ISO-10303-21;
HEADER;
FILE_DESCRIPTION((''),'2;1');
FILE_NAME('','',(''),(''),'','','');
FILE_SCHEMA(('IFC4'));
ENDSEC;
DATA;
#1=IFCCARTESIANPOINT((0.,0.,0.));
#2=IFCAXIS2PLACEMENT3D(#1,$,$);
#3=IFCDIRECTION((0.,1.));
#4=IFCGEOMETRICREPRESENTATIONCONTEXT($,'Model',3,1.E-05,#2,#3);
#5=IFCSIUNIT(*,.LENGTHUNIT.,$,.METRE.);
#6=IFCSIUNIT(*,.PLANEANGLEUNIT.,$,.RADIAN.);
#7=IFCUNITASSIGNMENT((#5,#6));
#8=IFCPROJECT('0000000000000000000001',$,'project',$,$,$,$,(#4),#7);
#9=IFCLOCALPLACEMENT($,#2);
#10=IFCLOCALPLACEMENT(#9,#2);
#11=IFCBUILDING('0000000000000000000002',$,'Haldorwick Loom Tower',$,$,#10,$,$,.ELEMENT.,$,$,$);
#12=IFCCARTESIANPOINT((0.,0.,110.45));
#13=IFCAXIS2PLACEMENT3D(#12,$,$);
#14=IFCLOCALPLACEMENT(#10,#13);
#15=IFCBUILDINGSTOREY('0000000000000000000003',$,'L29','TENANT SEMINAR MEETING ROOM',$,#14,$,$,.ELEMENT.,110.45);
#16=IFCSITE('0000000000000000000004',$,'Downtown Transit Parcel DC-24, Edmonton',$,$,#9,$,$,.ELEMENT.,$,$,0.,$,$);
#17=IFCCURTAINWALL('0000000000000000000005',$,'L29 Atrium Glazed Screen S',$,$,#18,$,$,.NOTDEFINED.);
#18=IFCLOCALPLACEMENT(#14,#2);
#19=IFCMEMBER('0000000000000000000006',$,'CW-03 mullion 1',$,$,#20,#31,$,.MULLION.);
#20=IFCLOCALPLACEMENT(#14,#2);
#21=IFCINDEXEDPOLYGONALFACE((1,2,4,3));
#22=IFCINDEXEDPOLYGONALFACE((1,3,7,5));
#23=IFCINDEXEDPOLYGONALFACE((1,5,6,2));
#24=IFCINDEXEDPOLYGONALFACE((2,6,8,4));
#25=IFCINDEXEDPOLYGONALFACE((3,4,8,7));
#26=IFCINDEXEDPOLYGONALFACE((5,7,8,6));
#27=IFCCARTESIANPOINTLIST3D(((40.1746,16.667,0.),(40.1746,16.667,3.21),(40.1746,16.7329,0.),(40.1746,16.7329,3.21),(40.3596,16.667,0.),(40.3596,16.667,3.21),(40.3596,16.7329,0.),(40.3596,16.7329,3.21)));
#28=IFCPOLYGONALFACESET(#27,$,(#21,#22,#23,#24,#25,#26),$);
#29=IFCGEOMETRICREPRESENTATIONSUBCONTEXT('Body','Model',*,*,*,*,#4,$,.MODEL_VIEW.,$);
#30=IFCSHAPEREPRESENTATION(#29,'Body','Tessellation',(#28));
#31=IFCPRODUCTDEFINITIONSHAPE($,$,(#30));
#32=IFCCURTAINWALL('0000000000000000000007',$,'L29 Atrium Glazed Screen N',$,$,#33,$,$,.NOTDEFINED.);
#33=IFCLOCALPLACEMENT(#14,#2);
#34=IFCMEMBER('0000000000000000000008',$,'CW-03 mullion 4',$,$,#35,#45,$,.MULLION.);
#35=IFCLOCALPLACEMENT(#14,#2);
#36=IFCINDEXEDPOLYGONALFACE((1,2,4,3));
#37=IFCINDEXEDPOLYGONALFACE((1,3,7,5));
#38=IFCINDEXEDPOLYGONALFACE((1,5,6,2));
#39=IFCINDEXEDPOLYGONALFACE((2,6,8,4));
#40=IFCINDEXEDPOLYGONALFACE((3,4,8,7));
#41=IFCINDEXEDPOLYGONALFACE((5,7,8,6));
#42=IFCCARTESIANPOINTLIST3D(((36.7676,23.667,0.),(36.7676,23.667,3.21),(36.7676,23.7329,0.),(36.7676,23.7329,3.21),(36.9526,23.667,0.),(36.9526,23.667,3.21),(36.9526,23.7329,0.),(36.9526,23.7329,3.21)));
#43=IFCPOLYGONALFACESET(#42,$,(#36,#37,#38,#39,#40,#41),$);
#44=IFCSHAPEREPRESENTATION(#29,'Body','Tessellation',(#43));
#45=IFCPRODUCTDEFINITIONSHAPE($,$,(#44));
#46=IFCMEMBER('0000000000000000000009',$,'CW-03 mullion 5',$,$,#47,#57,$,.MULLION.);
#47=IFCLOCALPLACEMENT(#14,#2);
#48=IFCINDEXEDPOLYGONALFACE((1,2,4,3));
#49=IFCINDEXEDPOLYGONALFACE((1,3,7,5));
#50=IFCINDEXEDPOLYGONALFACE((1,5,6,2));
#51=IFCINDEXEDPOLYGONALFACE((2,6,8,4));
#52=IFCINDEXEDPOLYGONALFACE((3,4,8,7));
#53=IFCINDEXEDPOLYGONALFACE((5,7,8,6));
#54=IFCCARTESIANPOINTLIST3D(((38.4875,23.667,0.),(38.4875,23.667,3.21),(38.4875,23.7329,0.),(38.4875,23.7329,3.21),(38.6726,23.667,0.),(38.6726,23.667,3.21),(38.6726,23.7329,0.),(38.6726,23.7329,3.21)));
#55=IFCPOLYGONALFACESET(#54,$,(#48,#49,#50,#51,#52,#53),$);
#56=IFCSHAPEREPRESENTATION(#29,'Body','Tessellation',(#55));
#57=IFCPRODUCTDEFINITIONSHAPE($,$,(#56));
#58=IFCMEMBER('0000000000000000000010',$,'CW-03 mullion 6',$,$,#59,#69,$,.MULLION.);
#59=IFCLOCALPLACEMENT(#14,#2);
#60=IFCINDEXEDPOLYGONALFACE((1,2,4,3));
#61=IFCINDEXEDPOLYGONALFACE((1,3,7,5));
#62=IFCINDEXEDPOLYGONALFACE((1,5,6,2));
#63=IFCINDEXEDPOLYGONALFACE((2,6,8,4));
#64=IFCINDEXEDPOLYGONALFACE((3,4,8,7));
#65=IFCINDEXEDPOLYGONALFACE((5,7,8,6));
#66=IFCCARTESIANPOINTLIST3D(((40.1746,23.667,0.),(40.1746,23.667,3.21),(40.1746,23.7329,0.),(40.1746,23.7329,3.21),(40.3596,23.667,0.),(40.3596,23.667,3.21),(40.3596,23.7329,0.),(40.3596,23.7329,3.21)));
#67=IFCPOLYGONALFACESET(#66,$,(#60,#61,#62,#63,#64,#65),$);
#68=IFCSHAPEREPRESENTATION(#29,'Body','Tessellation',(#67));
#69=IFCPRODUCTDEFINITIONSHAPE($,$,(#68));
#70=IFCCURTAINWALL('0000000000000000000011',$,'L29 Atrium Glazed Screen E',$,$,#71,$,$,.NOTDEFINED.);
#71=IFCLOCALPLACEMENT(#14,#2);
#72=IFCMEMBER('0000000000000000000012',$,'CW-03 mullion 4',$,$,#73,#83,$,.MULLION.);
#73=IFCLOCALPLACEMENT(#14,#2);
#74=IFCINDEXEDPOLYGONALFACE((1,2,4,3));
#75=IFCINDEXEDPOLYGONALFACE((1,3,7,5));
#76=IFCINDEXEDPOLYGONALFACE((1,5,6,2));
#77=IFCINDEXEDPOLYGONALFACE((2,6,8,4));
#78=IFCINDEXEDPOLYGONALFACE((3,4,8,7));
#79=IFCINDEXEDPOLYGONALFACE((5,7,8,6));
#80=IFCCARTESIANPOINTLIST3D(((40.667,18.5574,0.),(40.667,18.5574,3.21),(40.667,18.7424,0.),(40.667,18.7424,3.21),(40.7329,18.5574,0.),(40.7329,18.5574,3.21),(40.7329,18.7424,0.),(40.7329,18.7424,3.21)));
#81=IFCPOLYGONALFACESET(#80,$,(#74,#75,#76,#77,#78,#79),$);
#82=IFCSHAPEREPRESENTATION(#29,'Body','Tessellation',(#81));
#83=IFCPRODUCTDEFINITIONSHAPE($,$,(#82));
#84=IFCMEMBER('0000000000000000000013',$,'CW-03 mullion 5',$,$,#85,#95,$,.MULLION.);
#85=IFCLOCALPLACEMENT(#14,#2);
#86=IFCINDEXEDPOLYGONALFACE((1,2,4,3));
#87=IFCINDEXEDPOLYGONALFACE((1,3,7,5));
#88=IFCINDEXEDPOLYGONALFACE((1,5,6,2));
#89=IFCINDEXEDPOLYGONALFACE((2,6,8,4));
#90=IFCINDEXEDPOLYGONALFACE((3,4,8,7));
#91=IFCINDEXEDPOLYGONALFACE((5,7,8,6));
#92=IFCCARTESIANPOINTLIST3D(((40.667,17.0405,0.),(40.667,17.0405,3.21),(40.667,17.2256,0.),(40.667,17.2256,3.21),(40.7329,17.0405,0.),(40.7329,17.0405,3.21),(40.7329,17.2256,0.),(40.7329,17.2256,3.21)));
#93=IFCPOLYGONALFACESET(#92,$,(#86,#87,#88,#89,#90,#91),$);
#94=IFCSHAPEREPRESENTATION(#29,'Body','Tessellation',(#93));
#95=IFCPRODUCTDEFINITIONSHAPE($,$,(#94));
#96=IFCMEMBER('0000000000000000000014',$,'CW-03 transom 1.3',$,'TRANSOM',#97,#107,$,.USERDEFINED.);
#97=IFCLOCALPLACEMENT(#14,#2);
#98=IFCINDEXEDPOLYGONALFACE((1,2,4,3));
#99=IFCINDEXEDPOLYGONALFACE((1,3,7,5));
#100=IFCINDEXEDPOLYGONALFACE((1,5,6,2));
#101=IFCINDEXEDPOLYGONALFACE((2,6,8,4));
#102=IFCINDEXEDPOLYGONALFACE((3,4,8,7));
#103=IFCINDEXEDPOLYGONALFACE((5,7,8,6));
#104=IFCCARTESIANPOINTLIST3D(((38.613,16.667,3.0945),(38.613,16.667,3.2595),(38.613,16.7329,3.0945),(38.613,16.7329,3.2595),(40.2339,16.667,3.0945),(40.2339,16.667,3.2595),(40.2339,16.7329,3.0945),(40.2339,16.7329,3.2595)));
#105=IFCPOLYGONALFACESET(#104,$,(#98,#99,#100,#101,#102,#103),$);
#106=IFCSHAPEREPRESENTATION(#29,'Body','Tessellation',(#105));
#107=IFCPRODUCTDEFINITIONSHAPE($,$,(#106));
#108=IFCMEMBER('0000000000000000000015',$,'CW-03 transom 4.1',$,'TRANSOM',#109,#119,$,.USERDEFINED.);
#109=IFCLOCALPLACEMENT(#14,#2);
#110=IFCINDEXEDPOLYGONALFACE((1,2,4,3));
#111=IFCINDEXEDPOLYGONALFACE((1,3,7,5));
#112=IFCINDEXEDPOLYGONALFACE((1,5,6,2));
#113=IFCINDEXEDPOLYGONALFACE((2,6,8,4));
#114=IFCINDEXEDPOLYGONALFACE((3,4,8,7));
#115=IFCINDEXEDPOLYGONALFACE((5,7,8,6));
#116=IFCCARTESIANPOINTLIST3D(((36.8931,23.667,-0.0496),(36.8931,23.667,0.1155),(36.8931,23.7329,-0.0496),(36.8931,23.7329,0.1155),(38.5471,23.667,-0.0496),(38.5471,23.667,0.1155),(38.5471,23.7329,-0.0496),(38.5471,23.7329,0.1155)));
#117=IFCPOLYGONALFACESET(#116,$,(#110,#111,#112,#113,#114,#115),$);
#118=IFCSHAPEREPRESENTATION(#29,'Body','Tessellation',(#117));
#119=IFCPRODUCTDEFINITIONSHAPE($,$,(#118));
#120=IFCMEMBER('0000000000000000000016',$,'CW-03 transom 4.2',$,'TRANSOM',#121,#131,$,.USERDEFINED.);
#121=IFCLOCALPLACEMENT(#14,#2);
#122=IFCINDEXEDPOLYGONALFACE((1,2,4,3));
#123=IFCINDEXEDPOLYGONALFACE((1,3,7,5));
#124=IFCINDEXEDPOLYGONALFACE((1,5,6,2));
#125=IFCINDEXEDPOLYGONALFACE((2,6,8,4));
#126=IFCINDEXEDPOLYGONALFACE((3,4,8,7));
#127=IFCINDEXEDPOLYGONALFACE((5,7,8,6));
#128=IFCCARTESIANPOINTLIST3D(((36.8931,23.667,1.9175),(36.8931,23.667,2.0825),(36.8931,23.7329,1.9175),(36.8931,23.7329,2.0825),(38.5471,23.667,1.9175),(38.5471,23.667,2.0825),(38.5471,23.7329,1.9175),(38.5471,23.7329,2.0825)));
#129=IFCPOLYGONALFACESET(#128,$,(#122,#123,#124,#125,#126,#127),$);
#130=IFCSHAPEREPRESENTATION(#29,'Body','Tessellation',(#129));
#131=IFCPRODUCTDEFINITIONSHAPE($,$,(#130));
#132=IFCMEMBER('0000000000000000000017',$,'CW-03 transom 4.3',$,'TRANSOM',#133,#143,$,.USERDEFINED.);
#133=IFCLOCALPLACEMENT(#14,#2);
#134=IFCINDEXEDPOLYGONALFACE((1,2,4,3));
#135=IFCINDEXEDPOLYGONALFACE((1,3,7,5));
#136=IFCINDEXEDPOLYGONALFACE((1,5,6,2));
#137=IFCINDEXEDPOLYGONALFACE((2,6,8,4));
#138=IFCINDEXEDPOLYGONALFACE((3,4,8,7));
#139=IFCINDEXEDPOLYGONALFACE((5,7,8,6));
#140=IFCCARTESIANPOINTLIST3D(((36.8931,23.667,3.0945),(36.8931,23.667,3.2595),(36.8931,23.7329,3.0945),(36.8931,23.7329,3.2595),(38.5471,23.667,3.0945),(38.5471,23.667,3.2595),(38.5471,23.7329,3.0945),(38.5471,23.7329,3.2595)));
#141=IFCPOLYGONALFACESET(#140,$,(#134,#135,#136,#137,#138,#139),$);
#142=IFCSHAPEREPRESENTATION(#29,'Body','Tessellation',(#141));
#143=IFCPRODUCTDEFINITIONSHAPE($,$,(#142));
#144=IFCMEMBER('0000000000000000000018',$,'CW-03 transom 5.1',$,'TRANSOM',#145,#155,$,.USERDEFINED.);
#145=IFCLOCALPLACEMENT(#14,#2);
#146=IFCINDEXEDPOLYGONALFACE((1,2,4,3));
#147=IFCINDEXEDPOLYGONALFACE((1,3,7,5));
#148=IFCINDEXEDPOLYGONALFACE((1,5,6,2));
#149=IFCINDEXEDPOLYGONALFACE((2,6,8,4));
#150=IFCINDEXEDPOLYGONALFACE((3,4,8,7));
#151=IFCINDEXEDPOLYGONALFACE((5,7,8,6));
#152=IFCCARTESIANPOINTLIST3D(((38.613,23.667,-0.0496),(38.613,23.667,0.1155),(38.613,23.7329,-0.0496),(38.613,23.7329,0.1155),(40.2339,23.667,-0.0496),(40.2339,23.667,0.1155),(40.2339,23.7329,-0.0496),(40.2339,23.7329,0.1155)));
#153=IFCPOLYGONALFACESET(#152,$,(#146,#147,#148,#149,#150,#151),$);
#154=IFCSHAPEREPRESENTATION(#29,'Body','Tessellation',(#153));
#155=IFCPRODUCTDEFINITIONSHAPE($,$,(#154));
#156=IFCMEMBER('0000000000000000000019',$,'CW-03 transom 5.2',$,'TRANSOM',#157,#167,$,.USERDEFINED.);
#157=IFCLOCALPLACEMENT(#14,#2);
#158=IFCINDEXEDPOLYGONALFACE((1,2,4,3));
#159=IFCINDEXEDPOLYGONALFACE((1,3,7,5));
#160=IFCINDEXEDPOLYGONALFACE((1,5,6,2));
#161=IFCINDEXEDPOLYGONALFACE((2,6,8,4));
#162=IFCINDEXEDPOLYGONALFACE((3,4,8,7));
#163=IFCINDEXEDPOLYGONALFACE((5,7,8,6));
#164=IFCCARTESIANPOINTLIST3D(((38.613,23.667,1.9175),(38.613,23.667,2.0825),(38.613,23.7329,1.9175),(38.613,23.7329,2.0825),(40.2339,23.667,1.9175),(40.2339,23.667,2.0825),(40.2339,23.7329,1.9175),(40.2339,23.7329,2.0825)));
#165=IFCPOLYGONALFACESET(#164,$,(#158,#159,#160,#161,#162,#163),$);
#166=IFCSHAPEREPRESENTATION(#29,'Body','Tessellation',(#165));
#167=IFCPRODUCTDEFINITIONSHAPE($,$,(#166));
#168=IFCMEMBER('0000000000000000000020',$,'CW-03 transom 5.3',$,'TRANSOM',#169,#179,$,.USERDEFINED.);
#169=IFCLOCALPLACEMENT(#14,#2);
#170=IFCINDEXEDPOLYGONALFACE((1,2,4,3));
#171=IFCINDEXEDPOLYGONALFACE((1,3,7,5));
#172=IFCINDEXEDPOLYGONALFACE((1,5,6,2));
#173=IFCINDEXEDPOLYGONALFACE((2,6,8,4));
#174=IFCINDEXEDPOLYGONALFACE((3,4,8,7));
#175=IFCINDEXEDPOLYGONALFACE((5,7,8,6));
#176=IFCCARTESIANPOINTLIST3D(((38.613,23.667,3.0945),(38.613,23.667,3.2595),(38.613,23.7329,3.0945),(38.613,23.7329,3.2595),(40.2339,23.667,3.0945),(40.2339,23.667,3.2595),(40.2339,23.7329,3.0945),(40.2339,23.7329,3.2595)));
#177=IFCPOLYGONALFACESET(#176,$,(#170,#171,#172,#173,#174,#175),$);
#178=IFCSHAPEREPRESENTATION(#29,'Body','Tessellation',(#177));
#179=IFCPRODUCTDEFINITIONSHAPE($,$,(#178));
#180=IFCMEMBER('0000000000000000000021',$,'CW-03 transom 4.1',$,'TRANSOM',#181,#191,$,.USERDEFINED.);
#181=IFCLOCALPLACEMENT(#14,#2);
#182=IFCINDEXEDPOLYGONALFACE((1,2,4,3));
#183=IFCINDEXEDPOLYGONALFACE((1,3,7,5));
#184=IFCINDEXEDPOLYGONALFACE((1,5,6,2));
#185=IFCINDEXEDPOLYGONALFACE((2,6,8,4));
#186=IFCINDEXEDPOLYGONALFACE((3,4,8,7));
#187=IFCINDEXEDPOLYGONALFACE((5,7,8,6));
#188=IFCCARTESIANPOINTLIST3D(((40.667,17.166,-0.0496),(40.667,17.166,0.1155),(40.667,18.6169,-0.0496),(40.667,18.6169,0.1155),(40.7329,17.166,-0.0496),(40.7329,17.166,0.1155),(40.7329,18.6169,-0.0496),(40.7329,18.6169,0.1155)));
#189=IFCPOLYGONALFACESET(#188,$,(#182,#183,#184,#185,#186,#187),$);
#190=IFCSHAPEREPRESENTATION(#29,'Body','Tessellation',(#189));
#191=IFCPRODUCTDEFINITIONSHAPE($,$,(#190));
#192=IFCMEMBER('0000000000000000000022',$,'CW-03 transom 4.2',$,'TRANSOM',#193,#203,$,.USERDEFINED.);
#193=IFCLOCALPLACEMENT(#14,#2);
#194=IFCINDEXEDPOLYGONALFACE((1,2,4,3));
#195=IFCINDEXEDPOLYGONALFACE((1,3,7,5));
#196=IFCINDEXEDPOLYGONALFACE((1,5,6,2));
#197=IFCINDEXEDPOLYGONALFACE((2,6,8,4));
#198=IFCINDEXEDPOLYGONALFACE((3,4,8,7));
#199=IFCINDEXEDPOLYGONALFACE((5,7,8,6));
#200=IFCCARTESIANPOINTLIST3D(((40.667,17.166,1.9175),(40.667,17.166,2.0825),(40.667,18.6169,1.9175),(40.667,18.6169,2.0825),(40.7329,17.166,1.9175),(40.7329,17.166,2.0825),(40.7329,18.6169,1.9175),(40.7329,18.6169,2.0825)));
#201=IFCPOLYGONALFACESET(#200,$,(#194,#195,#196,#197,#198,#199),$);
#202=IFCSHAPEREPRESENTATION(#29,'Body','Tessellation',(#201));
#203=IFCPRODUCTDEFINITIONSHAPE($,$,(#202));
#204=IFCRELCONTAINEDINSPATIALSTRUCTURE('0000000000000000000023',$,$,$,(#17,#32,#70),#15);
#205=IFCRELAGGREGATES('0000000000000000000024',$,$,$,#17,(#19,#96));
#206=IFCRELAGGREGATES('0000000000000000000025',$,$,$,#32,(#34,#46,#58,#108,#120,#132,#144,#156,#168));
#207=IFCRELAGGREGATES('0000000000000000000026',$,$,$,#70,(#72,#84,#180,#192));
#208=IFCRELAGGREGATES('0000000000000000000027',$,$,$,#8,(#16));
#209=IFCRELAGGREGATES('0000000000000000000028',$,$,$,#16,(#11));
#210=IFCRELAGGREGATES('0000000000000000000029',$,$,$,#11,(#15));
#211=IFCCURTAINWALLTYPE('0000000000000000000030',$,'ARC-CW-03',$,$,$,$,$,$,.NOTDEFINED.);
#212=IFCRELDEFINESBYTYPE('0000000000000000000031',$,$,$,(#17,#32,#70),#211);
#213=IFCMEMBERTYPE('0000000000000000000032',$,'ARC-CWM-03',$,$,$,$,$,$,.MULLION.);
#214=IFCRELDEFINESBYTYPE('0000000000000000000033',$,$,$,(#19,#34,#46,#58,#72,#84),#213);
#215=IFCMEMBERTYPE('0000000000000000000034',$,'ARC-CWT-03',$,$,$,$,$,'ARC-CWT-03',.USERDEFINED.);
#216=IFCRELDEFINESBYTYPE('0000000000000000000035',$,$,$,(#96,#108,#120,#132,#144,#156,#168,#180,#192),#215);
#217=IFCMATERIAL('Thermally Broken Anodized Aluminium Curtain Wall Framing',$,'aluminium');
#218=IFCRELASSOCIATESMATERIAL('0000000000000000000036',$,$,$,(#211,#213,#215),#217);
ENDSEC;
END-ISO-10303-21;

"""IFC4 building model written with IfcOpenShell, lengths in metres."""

from ifc_helpers import new_model, si_unit, direction, frame, origin, origin_2d, place, context, subcontext, project, spatial, rectangle, extrude, material, material_profile, profile_set, type_object, element, aggregate, save


model = new_model("IFC4")

# Units and contexts
model_context = context("Model", 3, precision=1e-05, world=origin(), true_north=direction((0.0, 1.0)))
body_context = subcontext(model_context, "Body", "Model", "MODEL_VIEW")
ifc_project = project(units=[si_unit("LENGTHUNIT", "METRE"), si_unit("PLANEANGLEUNIT", "RADIAN")], contexts=[model_context])

# Site, building, storey
site_placement = place(None, origin())
site = spatial("IfcSite", under=ifc_project, at=site_placement, Name="Downtown Transit Parcel DC-24, Edmonton", CompositionType="ELEMENT", RefElevation=0.0)
building_placement = place(site_placement, origin())
building = spatial("IfcBuilding", under=site, at=building_placement, Name="Haldorwick Loom Tower", CompositionType="ELEMENT")
storey_placement = place(building_placement, frame((0.0, 0.0, 110.45)))
storey = spatial("IfcBuildingStorey", under=building, at=storey_placement, Name="L29", Description="TENANT SEMINAR MEETING ROOM", CompositionType="ELEMENT", Elevation=110.45)

# Curtain wall, member
ifc_material_1 = material(Name="Thermally Broken Anodized Aluminium Curtain Wall Framing", Category="aluminium")
curtain_wall_type = type_object("IfcCurtainWallType", Name="ARC-CW-03", PredefinedType="NOTDEFINED", material=ifc_material_1)
curtain_wall_1_placement = place(storey_placement, origin())
curtain_wall_1 = element("IfcCurtainWall", 1, at=curtain_wall_1_placement, inside=storey, type_object=curtain_wall_type, Name="L29 Atrium Glazed Screen S", PredefinedType="NOTDEFINED")
ifc_material_profile_1 = material_profile(ifc_material_1, rectangle(XDim=0.0659, YDim=0.1851, at=origin_2d()), Name="ALU_MUL_66X185", Category="aluminium")
ifc_profile_set_1 = profile_set([ifc_material_profile_1], Name="Thermally Broken Anodized Aluminium Curtain Wall Framing")
member_type_1 = type_object("IfcMemberType", Name="ARC-CWM-03", PredefinedType="MULLION", material=ifc_profile_set_1)
member_1_placement = place(storey_placement, frame((40.2671, 16.7, 0.0), z_axis=(0.0, 0.0, 1.0), x_axis=(0.0, -1.0, 0.0)))
member_1 = element("IfcMember", 2, at=member_1_placement, type_object=member_type_1, Name="CW-03 mullion 1", PredefinedType="MULLION", context=body_context, shape_type="SweptSolid", body=[
    extrude(rectangle(XDim=0.0659, YDim=0.1851, at=origin_2d()), origin(), (0.0, 0.0, 1.0), 3.21),
])

# Curtain walls, members
curtain_wall_2_placement = place(storey_placement, origin())
curtain_wall_2 = element("IfcCurtainWall", 3, at=curtain_wall_2_placement, inside=storey, type_object=curtain_wall_type, Name="L29 Atrium Glazed Screen N", PredefinedType="NOTDEFINED")
member_2_placement = place(storey_placement, frame((36.8601, 23.7, 0.0), z_axis=(0.0, 0.0, 1.0), x_axis=(0.0, 1.0, 0.0)))
member_2 = element("IfcMember", 4, at=member_2_placement, type_object=member_type_1, Name="CW-03 mullion 4", PredefinedType="MULLION", context=body_context, shape_type="SweptSolid", body=[
    extrude(rectangle(XDim=0.0659, YDim=0.1851, at=origin_2d()), origin(), (0.0, 0.0, 1.0), 3.21),
])
member_3_placement = place(storey_placement, frame((38.5801, 23.7, 0.0), z_axis=(0.0, 0.0, 1.0), x_axis=(0.0, 1.0, 0.0)))
member_3 = element("IfcMember", 5, at=member_3_placement, type_object=member_type_1, Name="CW-03 mullion 5", PredefinedType="MULLION", context=body_context, shape_type="SweptSolid", body=[
    extrude(rectangle(XDim=0.0659, YDim=0.1851, at=origin_2d()), origin(), (0.0, 0.0, 1.0), 3.21),
])
member_4_placement = place(storey_placement, frame((40.2671, 23.7, 0.0), z_axis=(0.0, 0.0, 1.0), x_axis=(0.0, 1.0, 0.0)))
member_4 = element("IfcMember", 6, at=member_4_placement, type_object=member_type_1, Name="CW-03 mullion 6", PredefinedType="MULLION", context=body_context, shape_type="SweptSolid", body=[
    extrude(rectangle(XDim=0.0659, YDim=0.1851, at=origin_2d()), origin(), (0.0, 0.0, 1.0), 3.21),
])
curtain_wall_3_placement = place(storey_placement, origin())
curtain_wall_3 = element("IfcCurtainWall", 7, at=curtain_wall_3_placement, inside=storey, type_object=curtain_wall_type, Name="L29 Atrium Glazed Screen E", PredefinedType="NOTDEFINED")
member_5_placement = place(storey_placement, frame((40.7, 18.6499, 0.0), z_axis=(0.0, 0.0, 1.0), x_axis=(1.0, 0.0, 0.0)))
member_5 = element("IfcMember", 8, at=member_5_placement, type_object=member_type_1, Name="CW-03 mullion 4", PredefinedType="MULLION", context=body_context, shape_type="SweptSolid", body=[
    extrude(rectangle(XDim=0.0659, YDim=0.1851, at=origin_2d()), origin(), (0.0, 0.0, 1.0), 3.21),
])
member_6_placement = place(storey_placement, frame((40.7, 17.1331, 0.0), z_axis=(0.0, 0.0, 1.0), x_axis=(1.0, 0.0, 0.0)))
member_6 = element("IfcMember", 9, at=member_6_placement, type_object=member_type_1, Name="CW-03 mullion 5", PredefinedType="MULLION", context=body_context, shape_type="SweptSolid", body=[
    extrude(rectangle(XDim=0.0659, YDim=0.1851, at=origin_2d()), origin(), (0.0, 0.0, 1.0), 3.21),
])

# Members
ifc_material_profile_2 = material_profile(ifc_material_1, rectangle(XDim=0.0659, YDim=0.165, at=origin_2d()), Name="ALU_TRN_66X165", Category="aluminium")
ifc_profile_set_2 = profile_set([ifc_material_profile_2], Name="Thermally Broken Anodized Aluminium Curtain Wall Framing")
member_type_2 = type_object("IfcMemberType", Name="ARC-CWT-03", ElementType="ARC-CWT-03", PredefinedType="USERDEFINED", material=ifc_profile_set_2)
member_7_placement = place(storey_placement, frame((40.2339, 16.7, 3.177), z_axis=(-1.0, 0.0, 0.0), x_axis=(0.0, -1.0, 0.0)))
member_7 = element("IfcMember", 10, at=member_7_placement, type_object=member_type_2, Name="CW-03 transom 1.3", ObjectType="TRANSOM", PredefinedType="USERDEFINED", context=body_context, shape_type="SweptSolid", body=[
    extrude(rectangle(XDim=0.0659, YDim=0.165, at=origin_2d()), origin(), (0.0, 0.0, 1.0), 1.6208),
])
aggregate(curtain_wall_1, [member_1, member_7])
member_8_placement = place(storey_placement, frame((36.8931, 23.7, 0.033), z_axis=(1.0, 0.0, 0.0), x_axis=(0.0, 1.0, 0.0)))
member_8 = element("IfcMember", 11, at=member_8_placement, type_object=member_type_2, Name="CW-03 transom 4.1", ObjectType="TRANSOM", PredefinedType="USERDEFINED", context=body_context, shape_type="SweptSolid", body=[
    extrude(rectangle(XDim=0.0659, YDim=0.165, at=origin_2d()), origin(), (0.0, 0.0, 1.0), 1.6541),
])
member_9_placement = place(storey_placement, frame((36.8931, 23.7, 2.0), z_axis=(1.0, 0.0, 0.0), x_axis=(0.0, 1.0, 0.0)))
member_9 = element("IfcMember", 12, at=member_9_placement, type_object=member_type_2, Name="CW-03 transom 4.2", ObjectType="TRANSOM", PredefinedType="USERDEFINED", context=body_context, shape_type="SweptSolid", body=[
    extrude(rectangle(XDim=0.0659, YDim=0.165, at=origin_2d()), origin(), (0.0, 0.0, 1.0), 1.6541),
])
member_10_placement = place(storey_placement, frame((36.8931, 23.7, 3.177), z_axis=(1.0, 0.0, 0.0), x_axis=(0.0, 1.0, 0.0)))
member_10 = element("IfcMember", 13, at=member_10_placement, type_object=member_type_2, Name="CW-03 transom 4.3", ObjectType="TRANSOM", PredefinedType="USERDEFINED", context=body_context, shape_type="SweptSolid", body=[
    extrude(rectangle(XDim=0.0659, YDim=0.165, at=origin_2d()), origin(), (0.0, 0.0, 1.0), 1.6541),
])
member_11_placement = place(storey_placement, frame((38.613, 23.7, 0.033), z_axis=(1.0, 0.0, 0.0), x_axis=(0.0, 1.0, 0.0)))
member_11 = element("IfcMember", 14, at=member_11_placement, type_object=member_type_2, Name="CW-03 transom 5.1", ObjectType="TRANSOM", PredefinedType="USERDEFINED", context=body_context, shape_type="SweptSolid", body=[
    extrude(rectangle(XDim=0.0659, YDim=0.165, at=origin_2d()), origin(), (0.0, 0.0, 1.0), 1.6208),
])
member_12_placement = place(storey_placement, frame((38.613, 23.7, 2.0), z_axis=(1.0, 0.0, 0.0), x_axis=(0.0, 1.0, 0.0)))
member_12 = element("IfcMember", 15, at=member_12_placement, type_object=member_type_2, Name="CW-03 transom 5.2", ObjectType="TRANSOM", PredefinedType="USERDEFINED", context=body_context, shape_type="SweptSolid", body=[
    extrude(rectangle(XDim=0.0659, YDim=0.165, at=origin_2d()), origin(), (0.0, 0.0, 1.0), 1.6208),
])
member_13_placement = place(storey_placement, frame((38.613, 23.7, 3.177), z_axis=(1.0, 0.0, 0.0), x_axis=(0.0, 1.0, 0.0)))
member_13 = element("IfcMember", 16, at=member_13_placement, type_object=member_type_2, Name="CW-03 transom 5.3", ObjectType="TRANSOM", PredefinedType="USERDEFINED", context=body_context, shape_type="SweptSolid", body=[
    extrude(rectangle(XDim=0.0659, YDim=0.165, at=origin_2d()), origin(), (0.0, 0.0, 1.0), 1.6208),
])
member_14_placement = place(storey_placement, frame((40.7, 18.6169, 0.033), z_axis=(0.0, -1.0, 0.0), x_axis=(1.0, 0.0, 0.0)))
member_14 = element("IfcMember", 17, at=member_14_placement, type_object=member_type_2, Name="CW-03 transom 4.1", ObjectType="TRANSOM", PredefinedType="USERDEFINED", context=body_context, shape_type="SweptSolid", body=[
    extrude(rectangle(XDim=0.0659, YDim=0.165, at=origin_2d()), origin(), (0.0, 0.0, 1.0), 1.4509),
])
member_15_placement = place(storey_placement, frame((40.7, 18.6169, 2.0), z_axis=(0.0, -1.0, 0.0), x_axis=(1.0, 0.0, 0.0)))
member_15 = element("IfcMember", 18, at=member_15_placement, type_object=member_type_2, Name="CW-03 transom 4.2", ObjectType="TRANSOM", PredefinedType="USERDEFINED", context=body_context, shape_type="SweptSolid", body=[
    extrude(rectangle(XDim=0.0659, YDim=0.165, at=origin_2d()), origin(), (0.0, 0.0, 1.0), 1.4509),
])

aggregate(curtain_wall_2, [member_2, member_3, member_4, member_8, member_9, member_10, member_11, member_12, member_13])
aggregate(curtain_wall_3, [member_5, member_6, member_14, member_15])

save(model, "model.ifc")
